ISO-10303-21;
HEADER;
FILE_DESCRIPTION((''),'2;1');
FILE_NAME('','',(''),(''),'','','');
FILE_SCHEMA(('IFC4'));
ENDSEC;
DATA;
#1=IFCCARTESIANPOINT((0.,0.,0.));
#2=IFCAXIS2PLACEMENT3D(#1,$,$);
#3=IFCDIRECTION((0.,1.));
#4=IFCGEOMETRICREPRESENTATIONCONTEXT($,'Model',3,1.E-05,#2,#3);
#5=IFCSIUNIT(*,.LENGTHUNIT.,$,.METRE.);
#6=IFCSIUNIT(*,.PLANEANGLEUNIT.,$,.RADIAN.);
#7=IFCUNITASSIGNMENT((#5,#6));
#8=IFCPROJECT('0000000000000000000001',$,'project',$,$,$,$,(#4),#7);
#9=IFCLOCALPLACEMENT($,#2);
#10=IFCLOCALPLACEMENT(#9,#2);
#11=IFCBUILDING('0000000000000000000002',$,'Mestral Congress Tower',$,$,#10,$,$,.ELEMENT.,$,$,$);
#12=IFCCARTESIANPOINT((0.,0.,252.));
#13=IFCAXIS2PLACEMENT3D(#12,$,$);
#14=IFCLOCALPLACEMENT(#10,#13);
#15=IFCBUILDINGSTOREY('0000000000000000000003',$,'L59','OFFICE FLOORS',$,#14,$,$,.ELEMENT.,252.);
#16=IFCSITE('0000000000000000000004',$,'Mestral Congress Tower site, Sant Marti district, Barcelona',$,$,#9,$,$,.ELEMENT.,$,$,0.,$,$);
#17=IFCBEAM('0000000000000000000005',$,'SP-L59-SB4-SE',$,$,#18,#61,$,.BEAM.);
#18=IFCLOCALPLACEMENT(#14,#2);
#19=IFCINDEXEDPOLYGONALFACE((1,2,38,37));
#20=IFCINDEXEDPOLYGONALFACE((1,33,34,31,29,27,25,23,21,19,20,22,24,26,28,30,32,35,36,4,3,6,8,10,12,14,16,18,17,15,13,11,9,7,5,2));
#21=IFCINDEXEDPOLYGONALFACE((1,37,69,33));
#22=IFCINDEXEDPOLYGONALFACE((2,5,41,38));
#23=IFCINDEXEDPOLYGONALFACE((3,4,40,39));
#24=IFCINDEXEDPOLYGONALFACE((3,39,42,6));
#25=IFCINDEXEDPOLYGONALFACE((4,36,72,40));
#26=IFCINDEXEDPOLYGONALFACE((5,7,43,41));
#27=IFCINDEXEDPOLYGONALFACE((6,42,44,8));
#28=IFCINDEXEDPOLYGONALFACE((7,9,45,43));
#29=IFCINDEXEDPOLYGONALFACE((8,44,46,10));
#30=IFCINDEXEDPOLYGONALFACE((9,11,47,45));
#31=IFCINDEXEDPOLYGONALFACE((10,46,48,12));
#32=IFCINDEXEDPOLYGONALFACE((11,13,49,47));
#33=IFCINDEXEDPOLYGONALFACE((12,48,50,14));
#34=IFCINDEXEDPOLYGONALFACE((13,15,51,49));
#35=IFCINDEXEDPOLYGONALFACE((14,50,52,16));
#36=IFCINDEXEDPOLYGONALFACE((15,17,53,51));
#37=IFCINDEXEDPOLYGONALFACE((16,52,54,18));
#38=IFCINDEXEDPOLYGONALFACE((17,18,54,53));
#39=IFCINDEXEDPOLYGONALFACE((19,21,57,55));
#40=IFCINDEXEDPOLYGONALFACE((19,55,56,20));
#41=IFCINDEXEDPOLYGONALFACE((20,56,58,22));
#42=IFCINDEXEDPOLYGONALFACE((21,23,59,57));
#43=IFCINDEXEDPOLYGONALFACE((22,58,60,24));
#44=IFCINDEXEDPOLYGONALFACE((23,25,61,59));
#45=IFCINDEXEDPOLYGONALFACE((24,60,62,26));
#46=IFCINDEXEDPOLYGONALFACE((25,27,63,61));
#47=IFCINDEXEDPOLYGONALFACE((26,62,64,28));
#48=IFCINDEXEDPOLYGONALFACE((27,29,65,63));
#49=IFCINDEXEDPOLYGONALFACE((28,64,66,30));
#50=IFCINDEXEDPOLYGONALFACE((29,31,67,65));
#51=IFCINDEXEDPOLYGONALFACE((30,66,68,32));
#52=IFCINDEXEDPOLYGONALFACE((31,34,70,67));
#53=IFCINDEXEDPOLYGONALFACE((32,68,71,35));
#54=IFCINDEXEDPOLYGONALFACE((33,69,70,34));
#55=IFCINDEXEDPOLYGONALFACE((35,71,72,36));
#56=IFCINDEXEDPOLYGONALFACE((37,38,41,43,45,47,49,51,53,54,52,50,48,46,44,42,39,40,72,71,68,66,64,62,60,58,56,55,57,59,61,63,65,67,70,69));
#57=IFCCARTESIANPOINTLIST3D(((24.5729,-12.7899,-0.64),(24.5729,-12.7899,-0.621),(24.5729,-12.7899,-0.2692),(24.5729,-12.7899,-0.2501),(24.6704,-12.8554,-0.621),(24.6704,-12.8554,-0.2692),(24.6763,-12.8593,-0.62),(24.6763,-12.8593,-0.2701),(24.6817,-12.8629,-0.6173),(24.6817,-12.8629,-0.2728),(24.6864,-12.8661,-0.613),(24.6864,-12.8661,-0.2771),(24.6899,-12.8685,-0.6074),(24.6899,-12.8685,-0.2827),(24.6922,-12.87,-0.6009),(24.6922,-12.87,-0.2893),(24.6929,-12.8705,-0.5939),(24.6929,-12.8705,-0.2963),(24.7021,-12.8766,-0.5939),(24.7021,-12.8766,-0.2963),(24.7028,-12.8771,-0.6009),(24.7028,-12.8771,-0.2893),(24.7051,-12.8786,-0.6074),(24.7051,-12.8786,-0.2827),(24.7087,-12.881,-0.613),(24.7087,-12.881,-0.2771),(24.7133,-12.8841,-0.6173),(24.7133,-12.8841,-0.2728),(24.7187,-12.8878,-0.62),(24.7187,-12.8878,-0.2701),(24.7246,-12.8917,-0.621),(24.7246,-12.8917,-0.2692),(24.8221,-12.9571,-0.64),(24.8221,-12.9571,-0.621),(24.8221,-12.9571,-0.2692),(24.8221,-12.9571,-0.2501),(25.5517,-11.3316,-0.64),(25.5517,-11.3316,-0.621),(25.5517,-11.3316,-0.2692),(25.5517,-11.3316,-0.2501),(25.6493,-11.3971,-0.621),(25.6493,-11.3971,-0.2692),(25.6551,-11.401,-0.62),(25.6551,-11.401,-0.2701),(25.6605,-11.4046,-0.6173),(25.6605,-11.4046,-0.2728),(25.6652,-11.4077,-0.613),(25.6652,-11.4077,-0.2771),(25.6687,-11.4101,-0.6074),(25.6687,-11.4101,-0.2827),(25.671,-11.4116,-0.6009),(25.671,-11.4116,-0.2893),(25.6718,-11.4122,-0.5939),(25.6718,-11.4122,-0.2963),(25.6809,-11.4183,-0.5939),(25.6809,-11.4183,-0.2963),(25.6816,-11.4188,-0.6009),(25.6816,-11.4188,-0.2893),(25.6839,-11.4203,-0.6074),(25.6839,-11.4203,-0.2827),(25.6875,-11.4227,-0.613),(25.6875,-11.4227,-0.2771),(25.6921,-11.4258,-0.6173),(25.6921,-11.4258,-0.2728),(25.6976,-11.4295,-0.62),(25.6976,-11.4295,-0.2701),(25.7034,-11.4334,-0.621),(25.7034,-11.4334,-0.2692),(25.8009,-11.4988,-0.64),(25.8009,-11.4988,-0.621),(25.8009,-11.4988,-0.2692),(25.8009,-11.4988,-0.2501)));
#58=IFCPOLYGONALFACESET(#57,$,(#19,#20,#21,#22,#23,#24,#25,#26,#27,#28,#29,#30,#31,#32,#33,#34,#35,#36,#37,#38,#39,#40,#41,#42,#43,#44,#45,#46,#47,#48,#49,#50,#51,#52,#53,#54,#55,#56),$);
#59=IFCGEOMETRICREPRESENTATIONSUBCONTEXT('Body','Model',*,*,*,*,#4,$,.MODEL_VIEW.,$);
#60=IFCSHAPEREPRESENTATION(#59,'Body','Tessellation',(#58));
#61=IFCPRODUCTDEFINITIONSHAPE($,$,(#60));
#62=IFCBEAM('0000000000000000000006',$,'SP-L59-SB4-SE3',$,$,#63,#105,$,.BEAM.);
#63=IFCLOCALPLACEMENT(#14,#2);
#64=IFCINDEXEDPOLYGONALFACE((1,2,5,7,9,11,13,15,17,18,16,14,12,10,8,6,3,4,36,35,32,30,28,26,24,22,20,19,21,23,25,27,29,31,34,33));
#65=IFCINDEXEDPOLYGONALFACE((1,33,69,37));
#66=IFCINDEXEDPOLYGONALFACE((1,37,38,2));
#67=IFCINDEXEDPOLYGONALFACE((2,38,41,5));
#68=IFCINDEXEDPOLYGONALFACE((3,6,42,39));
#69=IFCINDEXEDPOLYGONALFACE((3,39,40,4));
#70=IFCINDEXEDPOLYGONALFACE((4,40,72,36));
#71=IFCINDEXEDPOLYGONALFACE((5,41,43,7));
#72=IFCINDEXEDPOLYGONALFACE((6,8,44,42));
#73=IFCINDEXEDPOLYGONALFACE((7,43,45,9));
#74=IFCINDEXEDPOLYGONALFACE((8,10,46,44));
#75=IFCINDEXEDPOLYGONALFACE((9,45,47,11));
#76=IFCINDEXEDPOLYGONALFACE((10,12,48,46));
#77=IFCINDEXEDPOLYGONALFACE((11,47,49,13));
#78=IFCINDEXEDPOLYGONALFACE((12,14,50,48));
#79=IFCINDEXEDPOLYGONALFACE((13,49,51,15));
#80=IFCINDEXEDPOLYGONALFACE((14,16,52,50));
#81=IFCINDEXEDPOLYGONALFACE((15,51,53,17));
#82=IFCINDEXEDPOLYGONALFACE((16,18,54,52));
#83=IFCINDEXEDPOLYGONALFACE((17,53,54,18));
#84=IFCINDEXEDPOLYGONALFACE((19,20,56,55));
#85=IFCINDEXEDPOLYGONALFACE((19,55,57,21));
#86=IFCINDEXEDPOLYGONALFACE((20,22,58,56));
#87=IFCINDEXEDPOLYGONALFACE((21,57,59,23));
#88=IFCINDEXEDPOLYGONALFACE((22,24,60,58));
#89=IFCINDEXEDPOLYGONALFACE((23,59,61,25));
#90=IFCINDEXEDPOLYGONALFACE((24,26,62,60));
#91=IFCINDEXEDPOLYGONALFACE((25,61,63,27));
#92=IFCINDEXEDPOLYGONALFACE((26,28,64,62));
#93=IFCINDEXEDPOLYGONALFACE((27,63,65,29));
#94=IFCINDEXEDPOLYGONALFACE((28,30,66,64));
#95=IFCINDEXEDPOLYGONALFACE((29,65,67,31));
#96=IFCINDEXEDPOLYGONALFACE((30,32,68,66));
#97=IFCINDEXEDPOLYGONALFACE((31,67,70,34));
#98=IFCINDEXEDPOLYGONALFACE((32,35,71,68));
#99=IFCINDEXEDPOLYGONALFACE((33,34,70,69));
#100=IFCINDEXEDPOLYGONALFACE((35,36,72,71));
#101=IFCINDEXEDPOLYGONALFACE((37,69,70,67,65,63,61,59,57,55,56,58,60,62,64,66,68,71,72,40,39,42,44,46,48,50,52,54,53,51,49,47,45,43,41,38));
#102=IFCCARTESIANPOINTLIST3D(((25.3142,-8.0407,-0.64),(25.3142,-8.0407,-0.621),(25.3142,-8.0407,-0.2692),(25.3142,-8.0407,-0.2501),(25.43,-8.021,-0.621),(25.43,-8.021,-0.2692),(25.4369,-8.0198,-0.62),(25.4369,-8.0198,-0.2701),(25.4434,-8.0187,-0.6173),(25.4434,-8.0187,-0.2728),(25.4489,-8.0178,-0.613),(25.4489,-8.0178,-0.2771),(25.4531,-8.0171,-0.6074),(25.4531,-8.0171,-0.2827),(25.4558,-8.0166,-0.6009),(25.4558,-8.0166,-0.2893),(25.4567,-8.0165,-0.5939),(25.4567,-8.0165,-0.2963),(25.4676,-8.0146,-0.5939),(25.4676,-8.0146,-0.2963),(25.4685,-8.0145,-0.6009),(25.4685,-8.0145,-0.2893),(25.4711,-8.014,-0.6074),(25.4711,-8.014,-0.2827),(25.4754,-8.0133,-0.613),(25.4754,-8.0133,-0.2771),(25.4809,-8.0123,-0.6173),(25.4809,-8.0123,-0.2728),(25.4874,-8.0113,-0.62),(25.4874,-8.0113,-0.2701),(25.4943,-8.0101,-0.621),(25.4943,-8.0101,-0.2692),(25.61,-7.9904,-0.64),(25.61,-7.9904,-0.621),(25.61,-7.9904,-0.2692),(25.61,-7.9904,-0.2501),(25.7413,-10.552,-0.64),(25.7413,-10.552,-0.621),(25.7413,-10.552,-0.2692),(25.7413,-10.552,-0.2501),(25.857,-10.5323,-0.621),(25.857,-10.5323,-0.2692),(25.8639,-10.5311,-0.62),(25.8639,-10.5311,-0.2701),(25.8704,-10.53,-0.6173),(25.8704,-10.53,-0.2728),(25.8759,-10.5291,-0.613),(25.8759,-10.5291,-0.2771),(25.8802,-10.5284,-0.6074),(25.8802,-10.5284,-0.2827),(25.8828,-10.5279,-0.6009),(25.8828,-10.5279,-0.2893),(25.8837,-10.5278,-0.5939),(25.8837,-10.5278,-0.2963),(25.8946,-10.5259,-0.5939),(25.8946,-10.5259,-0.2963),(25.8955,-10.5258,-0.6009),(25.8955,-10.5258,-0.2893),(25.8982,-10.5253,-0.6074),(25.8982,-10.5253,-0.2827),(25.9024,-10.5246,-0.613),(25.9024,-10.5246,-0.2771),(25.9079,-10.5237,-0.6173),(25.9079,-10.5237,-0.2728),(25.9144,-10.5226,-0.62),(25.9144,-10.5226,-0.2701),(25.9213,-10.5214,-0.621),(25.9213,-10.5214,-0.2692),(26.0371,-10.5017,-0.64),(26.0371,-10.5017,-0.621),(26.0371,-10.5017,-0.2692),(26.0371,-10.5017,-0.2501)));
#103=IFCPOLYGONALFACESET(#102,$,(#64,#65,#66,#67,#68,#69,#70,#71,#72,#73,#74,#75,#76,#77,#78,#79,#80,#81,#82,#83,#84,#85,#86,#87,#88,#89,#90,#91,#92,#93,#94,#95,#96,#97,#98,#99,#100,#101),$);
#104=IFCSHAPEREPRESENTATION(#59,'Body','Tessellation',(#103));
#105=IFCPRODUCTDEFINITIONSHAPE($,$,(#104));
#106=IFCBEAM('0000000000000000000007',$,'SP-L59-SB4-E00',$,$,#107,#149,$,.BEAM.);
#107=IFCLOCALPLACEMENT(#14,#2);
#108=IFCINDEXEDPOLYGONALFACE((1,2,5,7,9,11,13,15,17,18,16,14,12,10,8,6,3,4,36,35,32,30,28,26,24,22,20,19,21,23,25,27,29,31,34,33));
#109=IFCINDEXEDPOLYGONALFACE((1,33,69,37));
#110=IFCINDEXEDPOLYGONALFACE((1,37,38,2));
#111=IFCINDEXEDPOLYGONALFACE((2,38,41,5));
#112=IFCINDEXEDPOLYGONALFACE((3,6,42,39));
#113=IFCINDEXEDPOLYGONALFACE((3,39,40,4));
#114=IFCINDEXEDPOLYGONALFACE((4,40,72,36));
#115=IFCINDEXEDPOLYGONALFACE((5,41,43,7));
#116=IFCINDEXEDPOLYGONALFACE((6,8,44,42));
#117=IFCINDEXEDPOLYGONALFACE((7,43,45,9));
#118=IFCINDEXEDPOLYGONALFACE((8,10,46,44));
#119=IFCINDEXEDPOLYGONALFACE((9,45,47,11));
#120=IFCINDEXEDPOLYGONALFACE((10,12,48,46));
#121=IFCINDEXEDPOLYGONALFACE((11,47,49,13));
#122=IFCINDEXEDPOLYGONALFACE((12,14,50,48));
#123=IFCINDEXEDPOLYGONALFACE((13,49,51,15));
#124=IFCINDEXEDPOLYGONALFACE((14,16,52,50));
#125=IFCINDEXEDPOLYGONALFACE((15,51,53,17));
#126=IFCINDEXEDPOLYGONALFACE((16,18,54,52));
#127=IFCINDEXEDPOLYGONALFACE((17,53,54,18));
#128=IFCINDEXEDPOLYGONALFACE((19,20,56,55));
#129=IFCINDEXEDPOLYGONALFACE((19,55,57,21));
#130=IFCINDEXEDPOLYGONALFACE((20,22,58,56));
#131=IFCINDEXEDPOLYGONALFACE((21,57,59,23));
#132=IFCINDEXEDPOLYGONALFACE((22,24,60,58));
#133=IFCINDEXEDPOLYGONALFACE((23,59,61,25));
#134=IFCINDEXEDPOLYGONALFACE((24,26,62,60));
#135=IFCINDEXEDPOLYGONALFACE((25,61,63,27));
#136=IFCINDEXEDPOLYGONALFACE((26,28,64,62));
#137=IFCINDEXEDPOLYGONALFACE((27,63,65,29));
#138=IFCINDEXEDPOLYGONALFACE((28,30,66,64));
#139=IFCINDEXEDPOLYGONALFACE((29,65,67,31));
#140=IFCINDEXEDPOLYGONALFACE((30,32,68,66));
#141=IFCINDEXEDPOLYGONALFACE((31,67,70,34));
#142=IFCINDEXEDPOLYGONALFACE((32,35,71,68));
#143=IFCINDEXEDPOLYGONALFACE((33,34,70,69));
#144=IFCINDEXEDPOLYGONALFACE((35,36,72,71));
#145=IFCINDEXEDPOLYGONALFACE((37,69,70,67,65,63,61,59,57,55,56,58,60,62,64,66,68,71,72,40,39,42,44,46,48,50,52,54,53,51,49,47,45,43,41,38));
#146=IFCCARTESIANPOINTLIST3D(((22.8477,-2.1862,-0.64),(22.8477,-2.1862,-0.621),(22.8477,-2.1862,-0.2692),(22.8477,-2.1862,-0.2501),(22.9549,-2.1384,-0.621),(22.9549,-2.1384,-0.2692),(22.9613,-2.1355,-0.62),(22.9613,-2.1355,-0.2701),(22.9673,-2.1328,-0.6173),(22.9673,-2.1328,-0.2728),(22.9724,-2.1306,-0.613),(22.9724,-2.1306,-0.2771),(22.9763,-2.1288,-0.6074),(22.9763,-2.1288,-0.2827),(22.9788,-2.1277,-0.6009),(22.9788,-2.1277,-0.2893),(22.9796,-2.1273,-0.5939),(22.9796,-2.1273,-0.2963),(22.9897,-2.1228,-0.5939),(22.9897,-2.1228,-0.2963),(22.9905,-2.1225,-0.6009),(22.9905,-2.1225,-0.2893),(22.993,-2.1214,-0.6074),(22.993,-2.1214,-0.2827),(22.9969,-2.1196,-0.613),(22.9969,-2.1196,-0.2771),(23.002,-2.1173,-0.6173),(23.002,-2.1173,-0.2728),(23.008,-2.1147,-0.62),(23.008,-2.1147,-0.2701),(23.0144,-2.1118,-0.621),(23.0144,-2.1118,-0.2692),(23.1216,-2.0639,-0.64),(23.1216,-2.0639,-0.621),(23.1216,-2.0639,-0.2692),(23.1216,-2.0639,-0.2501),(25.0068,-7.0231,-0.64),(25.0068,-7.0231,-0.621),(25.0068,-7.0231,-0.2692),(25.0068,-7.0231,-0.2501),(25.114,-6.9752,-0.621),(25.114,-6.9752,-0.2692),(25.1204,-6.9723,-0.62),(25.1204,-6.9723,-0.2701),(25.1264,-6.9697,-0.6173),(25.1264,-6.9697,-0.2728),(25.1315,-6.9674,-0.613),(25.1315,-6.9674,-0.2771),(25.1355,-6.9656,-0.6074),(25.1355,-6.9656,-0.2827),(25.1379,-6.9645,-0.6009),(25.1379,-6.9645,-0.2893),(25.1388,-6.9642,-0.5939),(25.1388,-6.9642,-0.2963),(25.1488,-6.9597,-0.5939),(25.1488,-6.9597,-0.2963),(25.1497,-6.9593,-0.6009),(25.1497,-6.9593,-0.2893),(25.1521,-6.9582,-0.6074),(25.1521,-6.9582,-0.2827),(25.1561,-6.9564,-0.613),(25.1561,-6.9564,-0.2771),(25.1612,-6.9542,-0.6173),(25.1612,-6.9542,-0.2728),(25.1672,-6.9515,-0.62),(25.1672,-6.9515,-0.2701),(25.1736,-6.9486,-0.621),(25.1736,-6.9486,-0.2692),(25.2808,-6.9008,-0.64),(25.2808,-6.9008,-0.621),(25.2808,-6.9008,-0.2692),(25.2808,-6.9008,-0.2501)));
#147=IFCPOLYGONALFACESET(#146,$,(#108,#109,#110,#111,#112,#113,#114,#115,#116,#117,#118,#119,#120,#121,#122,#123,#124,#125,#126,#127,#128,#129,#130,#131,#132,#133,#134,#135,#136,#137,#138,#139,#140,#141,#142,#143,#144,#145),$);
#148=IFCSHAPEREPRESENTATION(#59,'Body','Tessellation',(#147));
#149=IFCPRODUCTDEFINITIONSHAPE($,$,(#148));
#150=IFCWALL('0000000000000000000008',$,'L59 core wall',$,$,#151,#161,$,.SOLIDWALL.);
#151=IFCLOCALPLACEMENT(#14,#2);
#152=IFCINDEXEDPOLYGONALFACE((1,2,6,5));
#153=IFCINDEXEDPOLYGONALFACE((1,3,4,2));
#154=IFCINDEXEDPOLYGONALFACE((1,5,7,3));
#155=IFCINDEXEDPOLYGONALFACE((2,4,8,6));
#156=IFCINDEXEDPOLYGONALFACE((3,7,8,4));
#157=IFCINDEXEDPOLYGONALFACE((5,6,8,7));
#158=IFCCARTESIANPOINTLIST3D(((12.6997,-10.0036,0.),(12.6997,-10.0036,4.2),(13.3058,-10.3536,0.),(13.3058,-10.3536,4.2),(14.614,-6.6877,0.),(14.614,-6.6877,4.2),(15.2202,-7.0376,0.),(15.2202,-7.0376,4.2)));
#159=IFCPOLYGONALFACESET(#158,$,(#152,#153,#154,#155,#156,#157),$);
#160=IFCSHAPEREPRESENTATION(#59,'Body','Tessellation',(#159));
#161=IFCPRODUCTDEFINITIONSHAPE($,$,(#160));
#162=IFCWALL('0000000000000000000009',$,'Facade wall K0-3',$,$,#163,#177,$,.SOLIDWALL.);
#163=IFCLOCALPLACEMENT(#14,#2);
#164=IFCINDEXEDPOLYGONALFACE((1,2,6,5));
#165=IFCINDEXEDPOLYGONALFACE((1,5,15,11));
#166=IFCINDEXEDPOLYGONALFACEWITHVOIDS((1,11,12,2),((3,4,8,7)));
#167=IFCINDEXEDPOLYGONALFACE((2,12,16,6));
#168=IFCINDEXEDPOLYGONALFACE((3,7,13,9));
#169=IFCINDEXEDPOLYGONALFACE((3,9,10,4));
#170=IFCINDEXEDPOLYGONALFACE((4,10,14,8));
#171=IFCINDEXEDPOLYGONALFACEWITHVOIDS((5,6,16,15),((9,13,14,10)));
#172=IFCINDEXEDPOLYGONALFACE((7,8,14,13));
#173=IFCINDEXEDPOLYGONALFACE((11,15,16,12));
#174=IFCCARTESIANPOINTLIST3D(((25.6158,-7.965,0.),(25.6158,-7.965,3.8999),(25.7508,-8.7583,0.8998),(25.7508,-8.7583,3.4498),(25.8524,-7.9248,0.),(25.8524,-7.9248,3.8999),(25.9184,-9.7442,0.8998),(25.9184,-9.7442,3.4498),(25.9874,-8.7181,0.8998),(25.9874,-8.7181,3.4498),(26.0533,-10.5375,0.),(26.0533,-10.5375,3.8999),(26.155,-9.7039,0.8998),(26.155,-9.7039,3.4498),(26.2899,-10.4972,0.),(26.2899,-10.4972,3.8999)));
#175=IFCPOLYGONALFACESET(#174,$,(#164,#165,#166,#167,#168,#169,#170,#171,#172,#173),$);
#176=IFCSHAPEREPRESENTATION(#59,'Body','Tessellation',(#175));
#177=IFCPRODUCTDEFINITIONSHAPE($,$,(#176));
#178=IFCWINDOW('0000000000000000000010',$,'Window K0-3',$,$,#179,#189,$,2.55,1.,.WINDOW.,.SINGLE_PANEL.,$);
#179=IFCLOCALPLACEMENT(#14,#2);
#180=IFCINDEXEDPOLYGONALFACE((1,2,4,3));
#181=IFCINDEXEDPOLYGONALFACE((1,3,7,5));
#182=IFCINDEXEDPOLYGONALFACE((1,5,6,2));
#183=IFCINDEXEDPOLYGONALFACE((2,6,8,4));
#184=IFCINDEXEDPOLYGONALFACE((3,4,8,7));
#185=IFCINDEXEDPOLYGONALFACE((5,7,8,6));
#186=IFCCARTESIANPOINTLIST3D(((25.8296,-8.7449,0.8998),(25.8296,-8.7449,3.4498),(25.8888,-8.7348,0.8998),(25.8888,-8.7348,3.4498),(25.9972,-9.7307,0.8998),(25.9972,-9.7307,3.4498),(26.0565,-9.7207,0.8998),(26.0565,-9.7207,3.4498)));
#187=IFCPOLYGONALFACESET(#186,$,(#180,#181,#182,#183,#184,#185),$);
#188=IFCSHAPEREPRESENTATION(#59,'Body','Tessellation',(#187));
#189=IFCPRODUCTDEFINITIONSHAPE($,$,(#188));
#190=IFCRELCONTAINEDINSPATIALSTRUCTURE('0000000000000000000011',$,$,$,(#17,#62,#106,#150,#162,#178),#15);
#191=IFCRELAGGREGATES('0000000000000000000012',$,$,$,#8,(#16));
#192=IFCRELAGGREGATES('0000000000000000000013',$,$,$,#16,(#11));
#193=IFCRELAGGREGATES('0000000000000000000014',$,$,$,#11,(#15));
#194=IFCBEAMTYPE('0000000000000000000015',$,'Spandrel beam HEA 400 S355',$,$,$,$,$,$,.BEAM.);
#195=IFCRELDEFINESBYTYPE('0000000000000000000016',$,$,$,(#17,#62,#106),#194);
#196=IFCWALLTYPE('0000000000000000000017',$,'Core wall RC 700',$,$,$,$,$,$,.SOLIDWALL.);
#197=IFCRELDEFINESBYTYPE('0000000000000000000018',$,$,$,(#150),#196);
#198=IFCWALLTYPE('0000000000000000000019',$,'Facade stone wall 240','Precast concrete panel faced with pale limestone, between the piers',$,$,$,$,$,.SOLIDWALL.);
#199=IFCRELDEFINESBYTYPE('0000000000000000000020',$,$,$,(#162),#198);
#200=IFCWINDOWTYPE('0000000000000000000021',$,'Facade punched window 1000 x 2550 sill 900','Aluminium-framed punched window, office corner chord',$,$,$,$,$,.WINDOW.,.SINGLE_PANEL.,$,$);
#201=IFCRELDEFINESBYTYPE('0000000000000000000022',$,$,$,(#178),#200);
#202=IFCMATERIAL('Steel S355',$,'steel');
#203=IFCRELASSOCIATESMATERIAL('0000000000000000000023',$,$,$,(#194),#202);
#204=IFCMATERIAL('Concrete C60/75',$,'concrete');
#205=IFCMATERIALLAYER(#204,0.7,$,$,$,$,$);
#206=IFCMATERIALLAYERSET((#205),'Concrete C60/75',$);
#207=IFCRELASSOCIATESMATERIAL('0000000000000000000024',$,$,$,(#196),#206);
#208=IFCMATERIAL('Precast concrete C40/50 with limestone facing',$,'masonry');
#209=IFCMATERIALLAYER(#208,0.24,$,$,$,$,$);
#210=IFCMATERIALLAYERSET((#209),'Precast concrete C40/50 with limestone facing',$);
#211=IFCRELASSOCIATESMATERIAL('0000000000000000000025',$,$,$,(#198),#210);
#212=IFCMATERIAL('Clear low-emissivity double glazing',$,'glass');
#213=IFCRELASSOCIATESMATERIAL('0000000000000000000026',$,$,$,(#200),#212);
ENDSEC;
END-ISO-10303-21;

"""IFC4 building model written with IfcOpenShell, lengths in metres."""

from ifc_helpers import new_model, si_unit, direction, frame, frame_2d, origin, origin_2d, place, context, subcontext, project, spatial, rectangle, i_section, extrude, material, layer, layer_set, material_profile, profile_set, type_object, element, fill, save


model = new_model("IFC4")

# Units and contexts
model_context = context("Model", 3, precision=1e-05, world=origin(), true_north=direction((0.0, 1.0)))
body_context = subcontext(model_context, "Body", "Model", "MODEL_VIEW")
ifc_project = project(units=[si_unit("LENGTHUNIT", "METRE"), si_unit("PLANEANGLEUNIT", "RADIAN")], contexts=[model_context])

# Site, building, storey
site_placement = place(None, origin())
site = spatial("IfcSite", under=ifc_project, at=site_placement, Name="Mestral Congress Tower site, Sant Marti district, Barcelona", CompositionType="ELEMENT", RefElevation=0.0)
building_placement = place(site_placement, origin())
building = spatial("IfcBuilding", under=site, at=building_placement, Name="Mestral Congress Tower", CompositionType="ELEMENT")
storey_placement = place(building_placement, frame((0.0, 0.0, 252.0)))
storey = spatial("IfcBuildingStorey", under=building, at=storey_placement, Name="L59", Description="OFFICE FLOORS", CompositionType="ELEMENT", Elevation=252.0)

# Shared definitions
ifc_material_1 = material(Name="Concrete C60/75", Category="concrete")

# Beams
ifc_material_2 = material(Name="Steel S355", Category="steel")
ifc_material_profile_1 = material_profile(ifc_material_2, i_section(OverallWidth=0.3, OverallDepth=0.3899, WebThickness=0.011, FlangeThickness=0.019, FilletRadius=0.0271, at=origin_2d()), Name="HEA 400")
ifc_profile_set_1 = profile_set([ifc_material_profile_1], Name="Steel S355")
beam_type_1 = type_object("IfcBeamType", Name="Spandrel beam HEA 400 S355", PredefinedType="BEAM", material=ifc_profile_set_1)
beam_1_placement = place(storey_placement, frame((24.6975, -12.8735, -0.4451), z_axis=(0.557296, 0.830314, 0.0), x_axis=(-0.830314, 0.557296, 0.0)))
element("IfcBeam", 1, at=beam_1_placement, inside=storey, type_object=beam_type_1, Name="SP-L59-SB4-SE", PredefinedType="BEAM", context=body_context, shape_type="SweptSolid", body=[
    extrude(i_section(OverallWidth=0.3, OverallDepth=0.3899, WebThickness=0.011, FlangeThickness=0.019, FilletRadius=0.0271, at=origin_2d()), origin(), (0.0, 0.0, 1.0), 1.7563),
])
beam_2_placement = place(storey_placement, frame((25.8892, -10.5269, -0.4451), z_axis=(-0.167631, 0.98585, 0.0), x_axis=(-0.98585, -0.167631, 0.0)))
element("IfcBeam", 2, at=beam_2_placement, inside=storey, type_object=beam_type_1, Name="SP-L59-SB4-SE3", PredefinedType="BEAM", context=body_context, shape_type="SweptSolid", body=[
    extrude(i_section(OverallWidth=0.3, OverallDepth=0.3899, WebThickness=0.011, FlangeThickness=0.019, FilletRadius=0.0271, at=origin_2d()), origin(), (0.0, 0.0, 1.0), 2.5474),
])
beam_3_placement = place(storey_placement, frame((25.1438, -6.9619, -0.4451), z_axis=(-0.407626, 0.913149, 0.0), x_axis=(-0.913149, -0.407626, 0.0)))
element("IfcBeam", 3, at=beam_3_placement, inside=storey, type_object=beam_type_1, Name="SP-L59-SB4-E00", PredefinedType="BEAM", context=body_context, shape_type="SweptSolid", body=[
    extrude(i_section(OverallWidth=0.3, OverallDepth=0.3899, WebThickness=0.011, FlangeThickness=0.019, FilletRadius=0.0271, at=origin_2d()), origin(), (0.0, 0.0, 1.0), 5.2969),
])

# Wall
ifc_layer_1 = layer(ifc_material_1, 0.7)
ifc_layer_set_1 = layer_set([ifc_layer_1], Name="Concrete C60/75")
wall_type_1 = type_object("IfcWallType", Name="Core wall RC 700", PredefinedType="SOLIDWALL", material=ifc_layer_set_1)
wall_1_placement = place(storey_placement, frame((13.0027, -10.1787, 0.0), z_axis=(0.0, 0.0, 1.0), x_axis=(0.499973, 0.866041, 0.0)))
element("IfcWall", 4, at=wall_1_placement, inside=storey, type_object=wall_type_1, Name="L59 core wall", PredefinedType="SOLIDWALL", context=body_context, shape_type="SweptSolid", body=[
    extrude(rectangle(XDim=3.8289, YDim=0.7, at=frame_2d((1.9146, 0.0))), origin(), (0.0, 0.0, 1.0), 4.2),
])

# Wall, opening, window
ifc_material_3 = material(Name="Precast concrete C40/50 with limestone facing", Category="masonry")
ifc_layer_2 = layer(ifc_material_3, 0.24)
ifc_layer_set_2 = layer_set([ifc_layer_2], Name="Precast concrete C40/50 with limestone facing")
wall_type_2 = type_object("IfcWallType", Name="Facade stone wall 240", Description="Precast concrete panel faced with pale limestone, between the piers", PredefinedType="SOLIDWALL", material=ifc_layer_set_2)
wall_2_placement = place(storey_placement, frame((26.1716, -10.5173, 0.0), z_axis=(0.0, 0.0, 1.0), x_axis=(-0.16766, 0.985845, 0.0)))
wall_2 = element("IfcWall", 5, at=wall_2_placement, inside=storey, type_object=wall_type_2, Name="Facade wall K0-3", PredefinedType="SOLIDWALL", context=body_context, shape_type="SweptSolid", body=[
    extrude(rectangle(XDim=2.6094, YDim=0.24, at=frame_2d((1.3047, 0.0))), origin(), (0.0, 0.0, 1.0), 3.8999),
])
opening_1_placement = place(wall_2_placement, frame((0.8047, 0.0, 0.8999)))
opening_1 = element("IfcOpeningElement", 6, at=opening_1_placement, cuts=wall_2, PredefinedType="OPENING", context=body_context, shape_type="SweptSolid", body=[
    extrude(rectangle(XDim=1.0, YDim=2.55, at=frame_2d((0.5, 1.2749))), frame((0.0, 0.1299, 0.0), z_axis=(0.0, -1.0, 0.0), x_axis=(1.0, 0.0, 0.0)), (0.0, 0.0, 1.0), 0.26),
])
ifc_material_4 = material(Name="Clear low-emissivity double glazing", Category="glass")
window_type_1 = type_object("IfcWindowType", Name="Facade punched window 1000 x 2550 sill 900", Description="Aluminium-framed punched window, office corner chord", PartitioningType="SINGLE_PANEL", PredefinedType="WINDOW", material=ifc_material_4)
window_1_placement = place(opening_1_placement, origin())
window_1 = element("IfcWindow", 7, at=window_1_placement, inside=storey, type_object=window_type_1, Name="Window K0-3", OverallHeight=2.55, OverallWidth=1.0, PartitioningType="SINGLE_PANEL", PredefinedType="WINDOW", context=body_context, shape_type="SweptSolid", body=[
    extrude(rectangle(XDim=1.0, YDim=2.55, at=frame_2d((0.5, 1.2749))), frame((0.0, 0.04, 0.0), z_axis=(0.0, -1.0, 0.0), x_axis=(1.0, 0.0, 0.0)), (0.0, 0.0, 1.0), 0.0601),
])
fill(opening_1, window_1)

save(model, "model.ifc")
